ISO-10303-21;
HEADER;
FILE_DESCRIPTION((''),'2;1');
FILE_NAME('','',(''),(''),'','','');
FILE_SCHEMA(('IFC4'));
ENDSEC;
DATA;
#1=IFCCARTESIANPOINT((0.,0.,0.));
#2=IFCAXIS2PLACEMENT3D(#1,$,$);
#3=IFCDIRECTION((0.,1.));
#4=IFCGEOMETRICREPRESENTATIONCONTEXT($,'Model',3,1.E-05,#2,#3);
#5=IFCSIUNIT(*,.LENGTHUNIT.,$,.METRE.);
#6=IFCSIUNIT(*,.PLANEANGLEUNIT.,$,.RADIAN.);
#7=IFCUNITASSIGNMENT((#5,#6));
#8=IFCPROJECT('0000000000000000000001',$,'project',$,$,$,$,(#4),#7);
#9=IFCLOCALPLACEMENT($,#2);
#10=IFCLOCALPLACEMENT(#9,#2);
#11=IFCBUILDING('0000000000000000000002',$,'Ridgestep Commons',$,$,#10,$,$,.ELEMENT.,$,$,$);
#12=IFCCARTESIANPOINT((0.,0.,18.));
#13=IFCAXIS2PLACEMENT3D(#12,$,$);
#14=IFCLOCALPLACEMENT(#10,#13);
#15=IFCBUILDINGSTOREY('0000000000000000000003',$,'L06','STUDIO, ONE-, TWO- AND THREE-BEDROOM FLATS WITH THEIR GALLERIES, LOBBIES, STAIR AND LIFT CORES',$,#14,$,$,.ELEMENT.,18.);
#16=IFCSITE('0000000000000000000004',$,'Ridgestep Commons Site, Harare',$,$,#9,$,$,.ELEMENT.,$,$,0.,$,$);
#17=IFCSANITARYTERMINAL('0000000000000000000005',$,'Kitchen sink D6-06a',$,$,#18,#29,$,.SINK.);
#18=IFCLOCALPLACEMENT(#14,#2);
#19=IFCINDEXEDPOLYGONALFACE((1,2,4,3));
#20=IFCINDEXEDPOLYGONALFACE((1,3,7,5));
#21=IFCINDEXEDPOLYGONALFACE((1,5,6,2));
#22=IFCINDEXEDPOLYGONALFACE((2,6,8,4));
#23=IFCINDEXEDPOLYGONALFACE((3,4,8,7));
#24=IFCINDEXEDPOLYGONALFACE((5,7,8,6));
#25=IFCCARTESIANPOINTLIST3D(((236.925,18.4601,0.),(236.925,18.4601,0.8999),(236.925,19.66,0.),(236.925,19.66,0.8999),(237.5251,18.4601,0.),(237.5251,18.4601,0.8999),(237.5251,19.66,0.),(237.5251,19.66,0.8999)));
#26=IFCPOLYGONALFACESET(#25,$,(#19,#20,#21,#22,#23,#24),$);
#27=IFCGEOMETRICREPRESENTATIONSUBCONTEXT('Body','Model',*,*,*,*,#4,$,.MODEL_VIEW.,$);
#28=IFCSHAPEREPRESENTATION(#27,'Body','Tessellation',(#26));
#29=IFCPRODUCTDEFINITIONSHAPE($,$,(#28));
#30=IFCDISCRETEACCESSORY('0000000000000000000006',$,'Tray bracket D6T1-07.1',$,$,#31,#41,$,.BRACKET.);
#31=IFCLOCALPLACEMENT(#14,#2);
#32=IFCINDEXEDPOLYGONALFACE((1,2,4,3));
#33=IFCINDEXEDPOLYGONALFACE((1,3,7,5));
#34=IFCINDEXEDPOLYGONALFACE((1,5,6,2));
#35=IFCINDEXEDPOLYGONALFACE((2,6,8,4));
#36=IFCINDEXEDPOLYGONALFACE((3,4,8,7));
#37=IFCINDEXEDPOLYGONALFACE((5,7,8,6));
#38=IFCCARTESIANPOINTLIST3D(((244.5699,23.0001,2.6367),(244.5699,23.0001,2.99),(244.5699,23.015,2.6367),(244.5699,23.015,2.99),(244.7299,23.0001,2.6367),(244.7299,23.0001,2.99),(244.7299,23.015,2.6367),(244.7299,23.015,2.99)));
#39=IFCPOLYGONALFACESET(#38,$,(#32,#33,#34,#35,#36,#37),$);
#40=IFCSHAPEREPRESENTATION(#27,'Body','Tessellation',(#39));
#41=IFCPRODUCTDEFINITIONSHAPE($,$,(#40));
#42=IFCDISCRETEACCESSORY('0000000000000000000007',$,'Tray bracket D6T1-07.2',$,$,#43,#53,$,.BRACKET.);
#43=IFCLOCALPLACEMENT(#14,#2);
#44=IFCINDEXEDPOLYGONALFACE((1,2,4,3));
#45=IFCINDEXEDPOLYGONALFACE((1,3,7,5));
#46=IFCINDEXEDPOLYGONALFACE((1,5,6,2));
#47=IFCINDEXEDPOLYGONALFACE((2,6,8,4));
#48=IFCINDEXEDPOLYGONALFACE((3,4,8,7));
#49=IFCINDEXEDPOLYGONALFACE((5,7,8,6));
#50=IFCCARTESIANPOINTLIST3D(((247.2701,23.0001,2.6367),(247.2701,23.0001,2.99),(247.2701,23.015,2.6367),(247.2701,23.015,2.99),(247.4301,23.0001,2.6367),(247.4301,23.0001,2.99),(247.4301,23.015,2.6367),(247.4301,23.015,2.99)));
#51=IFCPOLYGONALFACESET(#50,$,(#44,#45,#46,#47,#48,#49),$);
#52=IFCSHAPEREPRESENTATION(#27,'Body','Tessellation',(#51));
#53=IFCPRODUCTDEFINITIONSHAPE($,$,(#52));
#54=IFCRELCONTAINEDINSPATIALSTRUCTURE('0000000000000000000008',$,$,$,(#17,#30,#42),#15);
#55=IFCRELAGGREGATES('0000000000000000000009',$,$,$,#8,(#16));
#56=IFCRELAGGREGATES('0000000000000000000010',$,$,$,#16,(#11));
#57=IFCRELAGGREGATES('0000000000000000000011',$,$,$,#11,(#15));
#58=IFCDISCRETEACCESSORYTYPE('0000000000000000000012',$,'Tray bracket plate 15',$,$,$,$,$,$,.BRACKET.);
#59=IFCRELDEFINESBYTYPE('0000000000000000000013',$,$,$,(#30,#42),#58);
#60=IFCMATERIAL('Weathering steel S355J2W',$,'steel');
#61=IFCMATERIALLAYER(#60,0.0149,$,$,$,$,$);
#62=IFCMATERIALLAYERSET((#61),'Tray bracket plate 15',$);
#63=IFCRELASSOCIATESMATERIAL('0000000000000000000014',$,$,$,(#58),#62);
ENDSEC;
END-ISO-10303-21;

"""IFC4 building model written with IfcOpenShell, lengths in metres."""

from ifc_helpers import new_model, si_unit, direction, frame, origin, origin_2d, place, context, subcontext, project, spatial, rectangle, extrude, material, layer, layer_set, type_object, element, save


model = new_model("IFC4")

# Units and contexts
model_context = context("Model", 3, precision=1e-05, world=origin(), true_north=direction((0.0, 1.0)))
body_context = subcontext(model_context, "Body", "Model", "MODEL_VIEW")
ifc_project = project(units=[si_unit("LENGTHUNIT", "METRE"), si_unit("PLANEANGLEUNIT", "RADIAN")], contexts=[model_context])

# Site, building, storey
site_placement = place(None, origin())
site = spatial("IfcSite", under=ifc_project, at=site_placement, Name="Ridgestep Commons Site, Harare", CompositionType="ELEMENT", RefElevation=0.0)
building_placement = place(site_placement, origin())
building = spatial("IfcBuilding", under=site, at=building_placement, Name="Ridgestep Commons", CompositionType="ELEMENT")
storey_placement = place(building_placement, frame((0.0, 0.0, 18.0)))
storey = spatial("IfcBuildingStorey", under=building, at=storey_placement, Name="L06", Description="STUDIO, ONE-, TWO- AND THREE-BEDROOM FLATS WITH THEIR GALLERIES, LOBBIES, STAIR AND LIFT CORES", CompositionType="ELEMENT", Elevation=18.0)

# Sanitary terminal
sanitary_terminal_1_placement = place(storey_placement, frame((237.2251, 19.0601, 0.0), z_axis=(0.0, 0.0, 1.0), x_axis=(1.0, 0.0, 0.0)))
element("IfcSanitaryTerminal", 1, at=sanitary_terminal_1_placement, inside=storey, Name="Kitchen sink D6-06a", PredefinedType="SINK", context=body_context, shape_type="SweptSolid", body=[
    extrude(rectangle(XDim=0.6001, YDim=1.2, at=origin_2d()), origin(), (0.0, 0.0, 1.0), 0.8999),
])

# Discrete accessories
ifc_material_1 = material(Name="Weathering steel S355J2W", Category="steel")
ifc_layer_1 = layer(ifc_material_1, 0.0149)
ifc_layer_set_1 = layer_set([ifc_layer_1], Name="Tray bracket plate 15")
discrete_accessory_type = type_object("IfcDiscreteAccessoryType", Name="Tray bracket plate 15", PredefinedType="BRACKET", material=ifc_layer_set_1)
for number, where, z_axis, x_axis, name in (
    (2, (244.6499, 23.0076, 2.6367), (0.0, 0.0, 1.0), (1.0, 0.0, 0.0), "Tray bracket D6T1-07.1"),
    (3, (247.3501, 23.0076, 2.6367), (0.0, 0.0, 1.0), (1.0, 0.0, 0.0), "Tray bracket D6T1-07.2"),
):
    element("IfcDiscreteAccessory", number, at=place(storey_placement, frame(where, z_axis=z_axis, x_axis=x_axis)), inside=storey, type_object=discrete_accessory_type, Name=name, PredefinedType="BRACKET", context=body_context, shape_type="SweptSolid", body=[
        extrude(rectangle(XDim=0.1599, YDim=0.0149, at=origin_2d()), origin(), (0.0, 0.0, 1.0), 0.3533),
    ])

save(model, "model.ifc")
